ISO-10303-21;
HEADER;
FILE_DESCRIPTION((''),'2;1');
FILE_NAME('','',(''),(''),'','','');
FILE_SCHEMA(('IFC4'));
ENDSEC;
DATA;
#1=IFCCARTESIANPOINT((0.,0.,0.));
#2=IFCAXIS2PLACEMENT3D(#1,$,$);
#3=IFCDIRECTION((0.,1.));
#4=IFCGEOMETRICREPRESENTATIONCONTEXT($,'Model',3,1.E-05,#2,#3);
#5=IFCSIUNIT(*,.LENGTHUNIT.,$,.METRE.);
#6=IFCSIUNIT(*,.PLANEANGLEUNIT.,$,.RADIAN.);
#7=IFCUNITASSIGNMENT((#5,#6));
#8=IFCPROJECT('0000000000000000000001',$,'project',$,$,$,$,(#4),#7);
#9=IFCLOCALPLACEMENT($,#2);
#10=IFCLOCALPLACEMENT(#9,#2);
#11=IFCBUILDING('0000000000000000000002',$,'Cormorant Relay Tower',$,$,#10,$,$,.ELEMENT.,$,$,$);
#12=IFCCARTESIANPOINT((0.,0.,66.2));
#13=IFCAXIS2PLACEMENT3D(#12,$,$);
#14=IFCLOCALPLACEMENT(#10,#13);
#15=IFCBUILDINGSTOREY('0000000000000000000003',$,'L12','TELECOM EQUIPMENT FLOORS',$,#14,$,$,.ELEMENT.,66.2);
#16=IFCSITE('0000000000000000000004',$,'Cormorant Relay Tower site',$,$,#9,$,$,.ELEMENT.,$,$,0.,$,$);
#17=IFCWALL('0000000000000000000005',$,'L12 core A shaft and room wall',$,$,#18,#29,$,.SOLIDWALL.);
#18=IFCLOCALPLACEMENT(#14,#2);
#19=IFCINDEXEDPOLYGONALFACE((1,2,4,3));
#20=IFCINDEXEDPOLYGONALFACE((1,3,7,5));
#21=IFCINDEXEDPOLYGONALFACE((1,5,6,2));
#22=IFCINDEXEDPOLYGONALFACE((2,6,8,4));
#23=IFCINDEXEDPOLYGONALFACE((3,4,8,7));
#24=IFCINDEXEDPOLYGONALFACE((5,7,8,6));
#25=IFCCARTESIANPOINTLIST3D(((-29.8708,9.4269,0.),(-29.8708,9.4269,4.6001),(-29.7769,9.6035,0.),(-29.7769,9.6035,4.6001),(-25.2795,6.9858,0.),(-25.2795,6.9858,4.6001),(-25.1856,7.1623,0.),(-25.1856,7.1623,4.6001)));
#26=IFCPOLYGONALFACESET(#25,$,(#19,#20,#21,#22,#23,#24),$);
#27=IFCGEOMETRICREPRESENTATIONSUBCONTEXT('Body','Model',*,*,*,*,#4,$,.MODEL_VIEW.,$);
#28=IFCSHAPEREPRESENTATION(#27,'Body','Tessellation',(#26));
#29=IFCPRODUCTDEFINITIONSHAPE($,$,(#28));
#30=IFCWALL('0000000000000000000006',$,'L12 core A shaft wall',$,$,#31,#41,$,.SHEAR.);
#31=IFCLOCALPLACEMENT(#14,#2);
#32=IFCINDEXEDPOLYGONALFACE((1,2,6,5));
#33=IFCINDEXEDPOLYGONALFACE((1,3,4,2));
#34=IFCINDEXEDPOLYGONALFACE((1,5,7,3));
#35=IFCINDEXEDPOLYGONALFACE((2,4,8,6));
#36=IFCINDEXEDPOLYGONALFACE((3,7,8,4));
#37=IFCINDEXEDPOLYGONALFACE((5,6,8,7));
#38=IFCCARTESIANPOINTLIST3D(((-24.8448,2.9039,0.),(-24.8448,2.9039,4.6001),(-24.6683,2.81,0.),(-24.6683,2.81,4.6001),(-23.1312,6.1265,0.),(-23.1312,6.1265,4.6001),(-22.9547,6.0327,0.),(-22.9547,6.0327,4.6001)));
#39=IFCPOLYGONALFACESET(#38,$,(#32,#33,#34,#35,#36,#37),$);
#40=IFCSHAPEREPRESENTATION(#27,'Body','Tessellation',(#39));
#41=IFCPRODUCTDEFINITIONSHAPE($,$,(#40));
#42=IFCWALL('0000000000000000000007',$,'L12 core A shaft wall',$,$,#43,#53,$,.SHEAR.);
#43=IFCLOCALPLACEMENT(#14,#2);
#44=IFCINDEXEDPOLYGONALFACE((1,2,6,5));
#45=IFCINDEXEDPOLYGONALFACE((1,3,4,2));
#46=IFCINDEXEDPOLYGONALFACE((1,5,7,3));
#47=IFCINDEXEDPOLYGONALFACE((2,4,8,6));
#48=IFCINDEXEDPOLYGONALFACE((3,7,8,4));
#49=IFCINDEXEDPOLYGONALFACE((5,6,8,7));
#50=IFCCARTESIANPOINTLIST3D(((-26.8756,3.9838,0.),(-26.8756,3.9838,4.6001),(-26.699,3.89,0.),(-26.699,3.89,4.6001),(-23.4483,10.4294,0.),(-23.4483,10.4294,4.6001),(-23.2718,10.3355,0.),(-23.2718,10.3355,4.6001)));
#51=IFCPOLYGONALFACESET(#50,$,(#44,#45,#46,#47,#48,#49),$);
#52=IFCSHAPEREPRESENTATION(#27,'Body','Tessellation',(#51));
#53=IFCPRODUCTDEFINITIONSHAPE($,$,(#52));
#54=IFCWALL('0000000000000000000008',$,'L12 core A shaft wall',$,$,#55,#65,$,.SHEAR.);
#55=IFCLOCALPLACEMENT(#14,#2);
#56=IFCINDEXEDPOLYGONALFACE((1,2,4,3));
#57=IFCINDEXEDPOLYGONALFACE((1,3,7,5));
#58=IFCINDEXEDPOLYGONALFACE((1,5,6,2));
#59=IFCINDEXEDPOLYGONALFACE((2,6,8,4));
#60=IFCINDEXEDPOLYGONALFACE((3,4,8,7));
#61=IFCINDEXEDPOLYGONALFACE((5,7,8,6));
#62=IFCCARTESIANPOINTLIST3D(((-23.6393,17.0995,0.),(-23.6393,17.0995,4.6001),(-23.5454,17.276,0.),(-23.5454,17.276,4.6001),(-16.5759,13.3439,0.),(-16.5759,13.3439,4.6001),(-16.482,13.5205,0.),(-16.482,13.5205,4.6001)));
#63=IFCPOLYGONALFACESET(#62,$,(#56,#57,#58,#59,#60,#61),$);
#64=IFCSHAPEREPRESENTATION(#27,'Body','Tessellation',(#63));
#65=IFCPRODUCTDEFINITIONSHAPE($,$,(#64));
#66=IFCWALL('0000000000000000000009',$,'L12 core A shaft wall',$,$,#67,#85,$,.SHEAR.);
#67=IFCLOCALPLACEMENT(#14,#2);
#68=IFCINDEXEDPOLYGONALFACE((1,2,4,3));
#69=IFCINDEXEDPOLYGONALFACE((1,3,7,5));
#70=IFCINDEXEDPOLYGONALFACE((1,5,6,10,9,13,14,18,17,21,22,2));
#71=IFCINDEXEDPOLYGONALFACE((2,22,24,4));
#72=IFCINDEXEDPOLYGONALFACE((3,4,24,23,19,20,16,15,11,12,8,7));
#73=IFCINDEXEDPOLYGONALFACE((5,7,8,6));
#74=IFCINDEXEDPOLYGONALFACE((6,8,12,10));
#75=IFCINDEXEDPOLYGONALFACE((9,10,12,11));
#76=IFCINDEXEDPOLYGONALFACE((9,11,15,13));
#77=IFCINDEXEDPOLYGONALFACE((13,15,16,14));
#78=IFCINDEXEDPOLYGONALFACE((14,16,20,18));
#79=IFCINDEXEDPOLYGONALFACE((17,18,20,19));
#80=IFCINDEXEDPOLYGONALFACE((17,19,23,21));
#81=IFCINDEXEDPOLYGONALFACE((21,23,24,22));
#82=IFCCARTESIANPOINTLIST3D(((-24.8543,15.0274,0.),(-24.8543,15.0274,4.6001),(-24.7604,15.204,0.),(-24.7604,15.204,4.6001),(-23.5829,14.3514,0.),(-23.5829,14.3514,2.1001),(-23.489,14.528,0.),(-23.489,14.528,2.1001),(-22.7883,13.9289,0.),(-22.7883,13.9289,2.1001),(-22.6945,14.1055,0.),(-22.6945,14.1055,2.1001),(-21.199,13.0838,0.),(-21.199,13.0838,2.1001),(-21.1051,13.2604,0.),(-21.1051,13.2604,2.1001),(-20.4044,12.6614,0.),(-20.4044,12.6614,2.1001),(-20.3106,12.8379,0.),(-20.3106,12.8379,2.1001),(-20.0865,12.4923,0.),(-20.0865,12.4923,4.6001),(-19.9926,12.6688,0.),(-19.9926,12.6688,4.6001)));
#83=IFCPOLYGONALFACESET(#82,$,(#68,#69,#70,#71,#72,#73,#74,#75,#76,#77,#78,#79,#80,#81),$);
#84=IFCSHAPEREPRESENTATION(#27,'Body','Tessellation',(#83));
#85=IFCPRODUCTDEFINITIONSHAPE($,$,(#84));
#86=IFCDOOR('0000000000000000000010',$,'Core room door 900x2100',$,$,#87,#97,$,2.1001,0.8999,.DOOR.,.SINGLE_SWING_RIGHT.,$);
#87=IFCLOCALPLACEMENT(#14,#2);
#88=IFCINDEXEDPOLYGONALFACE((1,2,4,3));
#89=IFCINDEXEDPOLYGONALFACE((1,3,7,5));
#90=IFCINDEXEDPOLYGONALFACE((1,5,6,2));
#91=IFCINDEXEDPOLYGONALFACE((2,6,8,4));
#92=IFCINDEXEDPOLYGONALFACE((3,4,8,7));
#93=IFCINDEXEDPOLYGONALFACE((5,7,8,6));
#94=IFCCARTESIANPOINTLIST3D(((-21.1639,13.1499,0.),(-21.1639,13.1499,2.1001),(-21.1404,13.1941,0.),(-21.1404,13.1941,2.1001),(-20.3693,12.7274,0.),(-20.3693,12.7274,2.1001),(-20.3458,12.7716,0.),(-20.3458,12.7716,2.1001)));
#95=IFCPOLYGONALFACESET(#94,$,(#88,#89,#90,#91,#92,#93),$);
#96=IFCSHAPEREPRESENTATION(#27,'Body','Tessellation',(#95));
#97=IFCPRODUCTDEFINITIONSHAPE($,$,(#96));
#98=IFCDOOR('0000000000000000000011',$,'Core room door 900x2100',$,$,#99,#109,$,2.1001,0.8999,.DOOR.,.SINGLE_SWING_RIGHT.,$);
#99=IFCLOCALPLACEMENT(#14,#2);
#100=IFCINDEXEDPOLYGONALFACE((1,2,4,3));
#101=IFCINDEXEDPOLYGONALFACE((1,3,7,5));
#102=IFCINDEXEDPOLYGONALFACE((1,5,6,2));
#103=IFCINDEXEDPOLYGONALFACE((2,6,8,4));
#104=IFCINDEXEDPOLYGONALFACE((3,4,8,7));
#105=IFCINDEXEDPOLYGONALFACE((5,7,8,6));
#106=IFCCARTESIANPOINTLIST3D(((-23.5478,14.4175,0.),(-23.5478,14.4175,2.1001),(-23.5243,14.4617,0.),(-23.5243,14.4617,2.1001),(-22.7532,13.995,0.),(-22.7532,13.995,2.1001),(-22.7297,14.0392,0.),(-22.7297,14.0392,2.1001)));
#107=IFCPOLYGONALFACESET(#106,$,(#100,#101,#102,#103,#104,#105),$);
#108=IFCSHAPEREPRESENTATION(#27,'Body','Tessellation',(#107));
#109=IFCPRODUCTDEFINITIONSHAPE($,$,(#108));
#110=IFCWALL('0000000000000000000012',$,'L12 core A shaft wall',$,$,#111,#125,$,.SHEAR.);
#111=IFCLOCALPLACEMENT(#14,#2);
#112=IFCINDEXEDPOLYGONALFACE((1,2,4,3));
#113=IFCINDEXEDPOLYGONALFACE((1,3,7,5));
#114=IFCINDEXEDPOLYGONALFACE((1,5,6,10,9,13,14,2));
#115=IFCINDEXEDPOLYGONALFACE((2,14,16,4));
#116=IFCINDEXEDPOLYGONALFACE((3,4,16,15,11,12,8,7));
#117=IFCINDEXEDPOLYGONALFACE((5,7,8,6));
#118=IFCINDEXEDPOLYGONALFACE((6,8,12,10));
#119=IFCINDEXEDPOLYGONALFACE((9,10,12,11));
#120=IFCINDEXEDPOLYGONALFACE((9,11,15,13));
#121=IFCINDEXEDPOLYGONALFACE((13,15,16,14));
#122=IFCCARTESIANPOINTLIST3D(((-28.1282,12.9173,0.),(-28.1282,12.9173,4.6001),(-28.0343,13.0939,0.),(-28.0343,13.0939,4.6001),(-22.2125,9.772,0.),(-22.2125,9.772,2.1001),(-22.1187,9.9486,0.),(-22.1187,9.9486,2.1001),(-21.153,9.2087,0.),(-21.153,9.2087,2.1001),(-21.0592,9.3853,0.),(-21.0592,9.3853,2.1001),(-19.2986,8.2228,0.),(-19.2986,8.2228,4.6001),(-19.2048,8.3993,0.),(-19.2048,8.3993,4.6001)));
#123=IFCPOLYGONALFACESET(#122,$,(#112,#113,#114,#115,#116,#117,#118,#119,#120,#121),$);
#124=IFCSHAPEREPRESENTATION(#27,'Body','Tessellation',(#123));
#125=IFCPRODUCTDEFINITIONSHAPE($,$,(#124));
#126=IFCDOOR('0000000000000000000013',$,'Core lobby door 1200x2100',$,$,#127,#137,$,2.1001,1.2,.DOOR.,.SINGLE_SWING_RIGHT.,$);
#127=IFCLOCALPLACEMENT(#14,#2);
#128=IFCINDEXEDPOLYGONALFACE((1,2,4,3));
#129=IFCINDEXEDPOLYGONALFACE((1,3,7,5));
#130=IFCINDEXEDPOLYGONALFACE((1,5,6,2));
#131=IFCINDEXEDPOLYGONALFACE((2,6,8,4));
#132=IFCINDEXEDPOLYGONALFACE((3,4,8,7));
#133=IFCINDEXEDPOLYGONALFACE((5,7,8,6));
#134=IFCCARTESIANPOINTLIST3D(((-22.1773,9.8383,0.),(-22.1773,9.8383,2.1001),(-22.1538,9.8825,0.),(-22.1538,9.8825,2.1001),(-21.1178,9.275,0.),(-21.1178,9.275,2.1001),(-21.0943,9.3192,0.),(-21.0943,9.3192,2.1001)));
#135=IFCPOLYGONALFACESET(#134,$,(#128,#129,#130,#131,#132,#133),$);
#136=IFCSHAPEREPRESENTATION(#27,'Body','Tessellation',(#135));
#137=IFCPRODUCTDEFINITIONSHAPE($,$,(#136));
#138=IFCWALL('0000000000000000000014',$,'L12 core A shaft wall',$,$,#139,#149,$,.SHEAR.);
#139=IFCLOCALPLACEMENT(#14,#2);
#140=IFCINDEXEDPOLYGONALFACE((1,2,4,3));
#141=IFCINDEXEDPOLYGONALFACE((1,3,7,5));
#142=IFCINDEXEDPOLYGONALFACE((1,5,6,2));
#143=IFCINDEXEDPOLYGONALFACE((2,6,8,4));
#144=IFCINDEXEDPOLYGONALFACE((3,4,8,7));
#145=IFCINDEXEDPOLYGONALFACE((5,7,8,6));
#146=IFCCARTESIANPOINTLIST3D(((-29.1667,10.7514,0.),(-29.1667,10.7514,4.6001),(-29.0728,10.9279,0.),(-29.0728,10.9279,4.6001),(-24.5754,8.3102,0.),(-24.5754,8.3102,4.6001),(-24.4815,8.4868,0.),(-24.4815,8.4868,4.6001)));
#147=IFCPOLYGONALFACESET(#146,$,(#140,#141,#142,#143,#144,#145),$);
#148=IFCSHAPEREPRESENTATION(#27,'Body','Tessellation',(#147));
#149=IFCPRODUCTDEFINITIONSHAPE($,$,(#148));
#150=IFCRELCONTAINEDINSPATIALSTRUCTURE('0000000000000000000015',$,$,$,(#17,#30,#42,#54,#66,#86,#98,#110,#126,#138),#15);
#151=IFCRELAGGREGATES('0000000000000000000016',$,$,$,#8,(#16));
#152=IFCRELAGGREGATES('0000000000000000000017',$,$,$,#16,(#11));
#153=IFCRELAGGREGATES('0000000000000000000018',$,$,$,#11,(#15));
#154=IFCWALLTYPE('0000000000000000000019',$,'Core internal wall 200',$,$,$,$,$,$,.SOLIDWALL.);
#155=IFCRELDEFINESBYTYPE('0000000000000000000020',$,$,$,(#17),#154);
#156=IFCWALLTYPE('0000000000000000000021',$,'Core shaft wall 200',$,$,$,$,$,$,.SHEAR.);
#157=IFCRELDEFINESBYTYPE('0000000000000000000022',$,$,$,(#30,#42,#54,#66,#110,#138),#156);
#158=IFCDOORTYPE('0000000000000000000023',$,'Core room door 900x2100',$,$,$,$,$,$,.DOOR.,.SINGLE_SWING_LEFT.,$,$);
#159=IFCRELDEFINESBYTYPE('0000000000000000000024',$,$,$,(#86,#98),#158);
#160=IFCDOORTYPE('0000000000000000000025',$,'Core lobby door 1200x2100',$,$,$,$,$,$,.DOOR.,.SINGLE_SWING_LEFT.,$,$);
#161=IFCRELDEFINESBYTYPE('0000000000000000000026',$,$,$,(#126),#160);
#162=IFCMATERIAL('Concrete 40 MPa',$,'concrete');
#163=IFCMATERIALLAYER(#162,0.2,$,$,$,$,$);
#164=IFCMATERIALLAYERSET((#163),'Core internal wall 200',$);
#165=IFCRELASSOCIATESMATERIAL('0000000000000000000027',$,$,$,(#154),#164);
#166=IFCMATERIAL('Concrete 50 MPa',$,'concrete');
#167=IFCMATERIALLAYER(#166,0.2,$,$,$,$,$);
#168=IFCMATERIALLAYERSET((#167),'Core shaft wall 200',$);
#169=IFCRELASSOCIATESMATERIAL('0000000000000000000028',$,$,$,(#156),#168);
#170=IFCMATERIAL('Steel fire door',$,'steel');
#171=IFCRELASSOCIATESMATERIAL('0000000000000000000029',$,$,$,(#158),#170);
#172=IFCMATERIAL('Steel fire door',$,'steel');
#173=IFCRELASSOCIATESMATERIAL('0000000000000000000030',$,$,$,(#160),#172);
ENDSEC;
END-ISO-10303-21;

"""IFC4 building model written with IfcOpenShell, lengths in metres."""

from ifc_helpers import new_model, si_unit, direction, frame, frame_2d, origin, place, context, subcontext, project, spatial, rectangle, extrude, material, layer, layer_set, type_object, element, fill, save


model = new_model("IFC4")

# Units and contexts
model_context = context("Model", 3, precision=1e-05, world=origin(), true_north=direction((0.0, 1.0)))
body_context = subcontext(model_context, "Body", "Model", "MODEL_VIEW")
ifc_project = project(units=[si_unit("LENGTHUNIT", "METRE"), si_unit("PLANEANGLEUNIT", "RADIAN")], contexts=[model_context])

# Site, building, storey
site_placement = place(None, origin())
site = spatial("IfcSite", under=ifc_project, at=site_placement, Name="Cormorant Relay Tower site", CompositionType="ELEMENT", RefElevation=0.0)
building_placement = place(site_placement, origin())
building = spatial("IfcBuilding", under=site, at=building_placement, Name="Cormorant Relay Tower", CompositionType="ELEMENT")
storey_placement = place(building_placement, frame((0.0, 0.0, 66.2)))
storey = spatial("IfcBuildingStorey", under=building, at=storey_placement, Name="L12", Description="TELECOM EQUIPMENT FLOORS", CompositionType="ELEMENT", Elevation=66.2)

# Walls
ifc_material_1 = material(Name="Concrete 40 MPa", Category="concrete")
ifc_layer_1 = layer(ifc_material_1, 0.2)
ifc_layer_set_1 = layer_set([ifc_layer_1], Name="Core internal wall 200")
wall_type_1 = type_object("IfcWallType", Name="Core internal wall 200", PredefinedType="SOLIDWALL", material=ifc_layer_set_1)
wall_1_placement = place(storey_placement, frame((-25.2324, 7.074, 0.0), z_axis=(0.0, 0.0, 1.0), x_axis=(-0.882954, 0.46946, 0.0)))
element("IfcWall", 1, at=wall_1_placement, inside=storey, type_object=wall_type_1, Name="L12 core A shaft and room wall", PredefinedType="SOLIDWALL", context=body_context, shape_type="SweptSolid", body=[
    extrude(rectangle(XDim=5.2, YDim=0.2, at=frame_2d((2.6001, 0.0))), origin(), (0.0, 0.0, 1.0), 4.6001),
])
ifc_material_2 = material(Name="Concrete 50 MPa", Category="concrete")
ifc_layer_2 = layer(ifc_material_2, 0.2)
ifc_layer_set_2 = layer_set([ifc_layer_2], Name="Core shaft wall 200")
wall_type_2 = type_object("IfcWallType", Name="Core shaft wall 200", PredefinedType="SHEAR", material=ifc_layer_set_2)
wall_2_placement = place(storey_placement, frame((-23.043, 6.0796, 0.0), z_axis=(0.0, 0.0, 1.0), x_axis=(-0.469494, -0.882936, 0.0)))
element("IfcWall", 2, at=wall_2_placement, inside=storey, type_object=wall_type_2, Name="L12 core A shaft wall", PredefinedType="SHEAR", context=body_context, shape_type="SweptSolid", body=[
    extrude(rectangle(XDim=3.6499, YDim=0.2, at=frame_2d((1.825, 0.0))), origin(), (0.0, 0.0, 1.0), 4.6001),
])
wall_3_placement = place(storey_placement, frame((-23.3601, 10.3823, 0.0), z_axis=(0.0, 0.0, 1.0), x_axis=(-0.46948, -0.882943, 0.0)))
element("IfcWall", 3, at=wall_3_placement, inside=storey, type_object=wall_type_2, Name="L12 core A shaft wall", PredefinedType="SHEAR", context=body_context, shape_type="SweptSolid", body=[
    extrude(rectangle(XDim=7.3, YDim=0.2, at=frame_2d((3.6499, 0.0))), origin(), (0.0, 0.0, 1.0), 4.6001),
])
wall_4_placement = place(storey_placement, frame((-16.5288, 13.4321, 0.0), z_axis=(0.0, 0.0, 1.0), x_axis=(-0.882953, 0.469462, 0.0)))
element("IfcWall", 4, at=wall_4_placement, inside=storey, type_object=wall_type_2, Name="L12 core A shaft wall", PredefinedType="SHEAR", context=body_context, shape_type="SweptSolid", body=[
    extrude(rectangle(XDim=7.9998, YDim=0.2, at=frame_2d((4.0, 0.0))), origin(), (0.0, 0.0, 1.0), 4.6001),
])

# Wall, openings, doors
wall_5_placement = place(storey_placement, frame((-20.0396, 12.5806, 0.0), z_axis=(0.0, 0.0, 1.0), x_axis=(-0.882943, 0.46948, 0.0)))
wall_5 = element("IfcWall", 5, at=wall_5_placement, inside=storey, type_object=wall_type_2, Name="L12 core A shaft wall", PredefinedType="SHEAR", context=body_context, shape_type="SweptSolid", body=[
    extrude(rectangle(XDim=5.3999, YDim=0.2, at=frame_2d((2.7, 0.0))), origin(), (0.0, 0.0, 1.0), 4.6001),
])
opening_1_placement = place(wall_5_placement, frame((0.3601, 0.0, 0.0)))
opening_1 = element("IfcOpeningElement", 6, at=opening_1_placement, cuts=wall_5, PredefinedType="OPENING", context=body_context, shape_type="SweptSolid", body=[
    extrude(rectangle(XDim=0.8999, YDim=2.1001, at=frame_2d((0.45, 1.05))), frame((0.0, 0.1099, 0.0), z_axis=(0.0, -1.0, 0.0), x_axis=(1.0, 0.0, 0.0)), (0.0, 0.0, 1.0), 0.22),
])
opening_2_placement = place(wall_5_placement, frame((3.0601, 0.0, 0.0)))
opening_2 = element("IfcOpeningElement", 7, at=opening_2_placement, cuts=wall_5, PredefinedType="OPENING", context=body_context, shape_type="SweptSolid", body=[
    extrude(rectangle(XDim=0.8999, YDim=2.1001, at=frame_2d((0.45, 1.05))), frame((0.0, 0.1099, 0.0), z_axis=(0.0, -1.0, 0.0), x_axis=(1.0, 0.0, 0.0)), (0.0, 0.0, 1.0), 0.22),
])
ifc_material_3 = material(Name="Steel fire door", Category="steel")
door_type_1 = type_object("IfcDoorType", Name="Core room door 900x2100", OperationType="SINGLE_SWING_LEFT", PredefinedType="DOOR", material=ifc_material_3)
door_1_placement = place(opening_1_placement, frame((0.8999, 0.0, 0.0), z_axis=(0.0, 0.0, 1.0), x_axis=(-1.0, 0.0, 0.0)))
door_1 = element("IfcDoor", 8, at=door_1_placement, inside=storey, type_object=door_type_1, Name="Core room door 900x2100", OperationType="SINGLE_SWING_RIGHT", OverallHeight=2.1001, OverallWidth=0.8999, PredefinedType="DOOR", context=body_context, shape_type="SweptSolid", body=[
    extrude(rectangle(XDim=0.8999, YDim=2.1001, at=frame_2d((0.45, 1.05))), frame((0.0, 0.0249, 0.0), z_axis=(0.0, -1.0, 0.0), x_axis=(1.0, 0.0, 0.0)), (0.0, 0.0, 1.0), 0.05),
])
fill(opening_1, door_1)
door_2_placement = place(opening_2_placement, frame((0.8999, 0.0, 0.0), z_axis=(0.0, 0.0, 1.0), x_axis=(-1.0, 0.0, 0.0)))
door_2 = element("IfcDoor", 9, at=door_2_placement, inside=storey, type_object=door_type_1, Name="Core room door 900x2100", OperationType="SINGLE_SWING_RIGHT", OverallHeight=2.1001, OverallWidth=0.8999, PredefinedType="DOOR", context=body_context, shape_type="SweptSolid", body=[
    extrude(rectangle(XDim=0.8999, YDim=2.1001, at=frame_2d((0.45, 1.05))), frame((0.0, 0.0249, 0.0), z_axis=(0.0, -1.0, 0.0), x_axis=(1.0, 0.0, 0.0)), (0.0, 0.0, 1.0), 0.05),
])
fill(opening_2, door_2)

# Wall, opening, door
wall_6_placement = place(storey_placement, frame((-19.2517, 8.311, 0.0), z_axis=(0.0, 0.0, 1.0), x_axis=(-0.882956, 0.469456, 0.0)))
wall_6 = element("IfcWall", 10, at=wall_6_placement, inside=storey, type_object=wall_type_2, Name="L12 core A shaft wall", PredefinedType="SHEAR", context=body_context, shape_type="SweptSolid", body=[
    extrude(rectangle(XDim=10.0, YDim=0.2, at=frame_2d((5.0, 0.0))), origin(), (0.0, 0.0, 1.0), 4.6001),
])
opening_3_placement = place(wall_6_placement, frame((2.1001, 0.0, 0.0)))
opening_3 = element("IfcOpeningElement", 11, at=opening_3_placement, cuts=wall_6, PredefinedType="OPENING", context=body_context, shape_type="SweptSolid", body=[
    extrude(rectangle(XDim=1.2, YDim=2.1001, at=frame_2d((0.6001, 1.05))), frame((0.0, 0.1099, 0.0), z_axis=(0.0, -1.0, 0.0), x_axis=(1.0, 0.0, 0.0)), (0.0, 0.0, 1.0), 0.22),
])
ifc_material_4 = material(Name="Steel fire door", Category="steel")
door_type_2 = type_object("IfcDoorType", Name="Core lobby door 1200x2100", OperationType="SINGLE_SWING_LEFT", PredefinedType="DOOR", material=ifc_material_4)
door_3_placement = place(opening_3_placement, origin())
door_3 = element("IfcDoor", 12, at=door_3_placement, inside=storey, type_object=door_type_2, Name="Core lobby door 1200x2100", OperationType="SINGLE_SWING_RIGHT", OverallHeight=2.1001, OverallWidth=1.2, PredefinedType="DOOR", context=body_context, shape_type="SweptSolid", body=[
    extrude(rectangle(XDim=1.2, YDim=2.1001, at=frame_2d((0.6001, 1.05))), frame((0.0, 0.0249, 0.0), z_axis=(0.0, -1.0, 0.0), x_axis=(1.0, 0.0, 0.0)), (0.0, 0.0, 1.0), 0.05),
])
fill(opening_3, door_3)

# Wall
wall_7_placement = place(storey_placement, frame((-24.5283, 8.3984, 0.0), z_axis=(0.0, 0.0, 1.0), x_axis=(-0.882954, 0.46946, 0.0)))
element("IfcWall", 13, at=wall_7_placement, inside=storey, type_object=wall_type_2, Name="L12 core A shaft wall", PredefinedType="SHEAR", context=body_context, shape_type="SweptSolid", body=[
    extrude(rectangle(XDim=5.2, YDim=0.2, at=frame_2d((2.6001, 0.0))), origin(), (0.0, 0.0, 1.0), 4.6001),
])

save(model, "model.ifc")
